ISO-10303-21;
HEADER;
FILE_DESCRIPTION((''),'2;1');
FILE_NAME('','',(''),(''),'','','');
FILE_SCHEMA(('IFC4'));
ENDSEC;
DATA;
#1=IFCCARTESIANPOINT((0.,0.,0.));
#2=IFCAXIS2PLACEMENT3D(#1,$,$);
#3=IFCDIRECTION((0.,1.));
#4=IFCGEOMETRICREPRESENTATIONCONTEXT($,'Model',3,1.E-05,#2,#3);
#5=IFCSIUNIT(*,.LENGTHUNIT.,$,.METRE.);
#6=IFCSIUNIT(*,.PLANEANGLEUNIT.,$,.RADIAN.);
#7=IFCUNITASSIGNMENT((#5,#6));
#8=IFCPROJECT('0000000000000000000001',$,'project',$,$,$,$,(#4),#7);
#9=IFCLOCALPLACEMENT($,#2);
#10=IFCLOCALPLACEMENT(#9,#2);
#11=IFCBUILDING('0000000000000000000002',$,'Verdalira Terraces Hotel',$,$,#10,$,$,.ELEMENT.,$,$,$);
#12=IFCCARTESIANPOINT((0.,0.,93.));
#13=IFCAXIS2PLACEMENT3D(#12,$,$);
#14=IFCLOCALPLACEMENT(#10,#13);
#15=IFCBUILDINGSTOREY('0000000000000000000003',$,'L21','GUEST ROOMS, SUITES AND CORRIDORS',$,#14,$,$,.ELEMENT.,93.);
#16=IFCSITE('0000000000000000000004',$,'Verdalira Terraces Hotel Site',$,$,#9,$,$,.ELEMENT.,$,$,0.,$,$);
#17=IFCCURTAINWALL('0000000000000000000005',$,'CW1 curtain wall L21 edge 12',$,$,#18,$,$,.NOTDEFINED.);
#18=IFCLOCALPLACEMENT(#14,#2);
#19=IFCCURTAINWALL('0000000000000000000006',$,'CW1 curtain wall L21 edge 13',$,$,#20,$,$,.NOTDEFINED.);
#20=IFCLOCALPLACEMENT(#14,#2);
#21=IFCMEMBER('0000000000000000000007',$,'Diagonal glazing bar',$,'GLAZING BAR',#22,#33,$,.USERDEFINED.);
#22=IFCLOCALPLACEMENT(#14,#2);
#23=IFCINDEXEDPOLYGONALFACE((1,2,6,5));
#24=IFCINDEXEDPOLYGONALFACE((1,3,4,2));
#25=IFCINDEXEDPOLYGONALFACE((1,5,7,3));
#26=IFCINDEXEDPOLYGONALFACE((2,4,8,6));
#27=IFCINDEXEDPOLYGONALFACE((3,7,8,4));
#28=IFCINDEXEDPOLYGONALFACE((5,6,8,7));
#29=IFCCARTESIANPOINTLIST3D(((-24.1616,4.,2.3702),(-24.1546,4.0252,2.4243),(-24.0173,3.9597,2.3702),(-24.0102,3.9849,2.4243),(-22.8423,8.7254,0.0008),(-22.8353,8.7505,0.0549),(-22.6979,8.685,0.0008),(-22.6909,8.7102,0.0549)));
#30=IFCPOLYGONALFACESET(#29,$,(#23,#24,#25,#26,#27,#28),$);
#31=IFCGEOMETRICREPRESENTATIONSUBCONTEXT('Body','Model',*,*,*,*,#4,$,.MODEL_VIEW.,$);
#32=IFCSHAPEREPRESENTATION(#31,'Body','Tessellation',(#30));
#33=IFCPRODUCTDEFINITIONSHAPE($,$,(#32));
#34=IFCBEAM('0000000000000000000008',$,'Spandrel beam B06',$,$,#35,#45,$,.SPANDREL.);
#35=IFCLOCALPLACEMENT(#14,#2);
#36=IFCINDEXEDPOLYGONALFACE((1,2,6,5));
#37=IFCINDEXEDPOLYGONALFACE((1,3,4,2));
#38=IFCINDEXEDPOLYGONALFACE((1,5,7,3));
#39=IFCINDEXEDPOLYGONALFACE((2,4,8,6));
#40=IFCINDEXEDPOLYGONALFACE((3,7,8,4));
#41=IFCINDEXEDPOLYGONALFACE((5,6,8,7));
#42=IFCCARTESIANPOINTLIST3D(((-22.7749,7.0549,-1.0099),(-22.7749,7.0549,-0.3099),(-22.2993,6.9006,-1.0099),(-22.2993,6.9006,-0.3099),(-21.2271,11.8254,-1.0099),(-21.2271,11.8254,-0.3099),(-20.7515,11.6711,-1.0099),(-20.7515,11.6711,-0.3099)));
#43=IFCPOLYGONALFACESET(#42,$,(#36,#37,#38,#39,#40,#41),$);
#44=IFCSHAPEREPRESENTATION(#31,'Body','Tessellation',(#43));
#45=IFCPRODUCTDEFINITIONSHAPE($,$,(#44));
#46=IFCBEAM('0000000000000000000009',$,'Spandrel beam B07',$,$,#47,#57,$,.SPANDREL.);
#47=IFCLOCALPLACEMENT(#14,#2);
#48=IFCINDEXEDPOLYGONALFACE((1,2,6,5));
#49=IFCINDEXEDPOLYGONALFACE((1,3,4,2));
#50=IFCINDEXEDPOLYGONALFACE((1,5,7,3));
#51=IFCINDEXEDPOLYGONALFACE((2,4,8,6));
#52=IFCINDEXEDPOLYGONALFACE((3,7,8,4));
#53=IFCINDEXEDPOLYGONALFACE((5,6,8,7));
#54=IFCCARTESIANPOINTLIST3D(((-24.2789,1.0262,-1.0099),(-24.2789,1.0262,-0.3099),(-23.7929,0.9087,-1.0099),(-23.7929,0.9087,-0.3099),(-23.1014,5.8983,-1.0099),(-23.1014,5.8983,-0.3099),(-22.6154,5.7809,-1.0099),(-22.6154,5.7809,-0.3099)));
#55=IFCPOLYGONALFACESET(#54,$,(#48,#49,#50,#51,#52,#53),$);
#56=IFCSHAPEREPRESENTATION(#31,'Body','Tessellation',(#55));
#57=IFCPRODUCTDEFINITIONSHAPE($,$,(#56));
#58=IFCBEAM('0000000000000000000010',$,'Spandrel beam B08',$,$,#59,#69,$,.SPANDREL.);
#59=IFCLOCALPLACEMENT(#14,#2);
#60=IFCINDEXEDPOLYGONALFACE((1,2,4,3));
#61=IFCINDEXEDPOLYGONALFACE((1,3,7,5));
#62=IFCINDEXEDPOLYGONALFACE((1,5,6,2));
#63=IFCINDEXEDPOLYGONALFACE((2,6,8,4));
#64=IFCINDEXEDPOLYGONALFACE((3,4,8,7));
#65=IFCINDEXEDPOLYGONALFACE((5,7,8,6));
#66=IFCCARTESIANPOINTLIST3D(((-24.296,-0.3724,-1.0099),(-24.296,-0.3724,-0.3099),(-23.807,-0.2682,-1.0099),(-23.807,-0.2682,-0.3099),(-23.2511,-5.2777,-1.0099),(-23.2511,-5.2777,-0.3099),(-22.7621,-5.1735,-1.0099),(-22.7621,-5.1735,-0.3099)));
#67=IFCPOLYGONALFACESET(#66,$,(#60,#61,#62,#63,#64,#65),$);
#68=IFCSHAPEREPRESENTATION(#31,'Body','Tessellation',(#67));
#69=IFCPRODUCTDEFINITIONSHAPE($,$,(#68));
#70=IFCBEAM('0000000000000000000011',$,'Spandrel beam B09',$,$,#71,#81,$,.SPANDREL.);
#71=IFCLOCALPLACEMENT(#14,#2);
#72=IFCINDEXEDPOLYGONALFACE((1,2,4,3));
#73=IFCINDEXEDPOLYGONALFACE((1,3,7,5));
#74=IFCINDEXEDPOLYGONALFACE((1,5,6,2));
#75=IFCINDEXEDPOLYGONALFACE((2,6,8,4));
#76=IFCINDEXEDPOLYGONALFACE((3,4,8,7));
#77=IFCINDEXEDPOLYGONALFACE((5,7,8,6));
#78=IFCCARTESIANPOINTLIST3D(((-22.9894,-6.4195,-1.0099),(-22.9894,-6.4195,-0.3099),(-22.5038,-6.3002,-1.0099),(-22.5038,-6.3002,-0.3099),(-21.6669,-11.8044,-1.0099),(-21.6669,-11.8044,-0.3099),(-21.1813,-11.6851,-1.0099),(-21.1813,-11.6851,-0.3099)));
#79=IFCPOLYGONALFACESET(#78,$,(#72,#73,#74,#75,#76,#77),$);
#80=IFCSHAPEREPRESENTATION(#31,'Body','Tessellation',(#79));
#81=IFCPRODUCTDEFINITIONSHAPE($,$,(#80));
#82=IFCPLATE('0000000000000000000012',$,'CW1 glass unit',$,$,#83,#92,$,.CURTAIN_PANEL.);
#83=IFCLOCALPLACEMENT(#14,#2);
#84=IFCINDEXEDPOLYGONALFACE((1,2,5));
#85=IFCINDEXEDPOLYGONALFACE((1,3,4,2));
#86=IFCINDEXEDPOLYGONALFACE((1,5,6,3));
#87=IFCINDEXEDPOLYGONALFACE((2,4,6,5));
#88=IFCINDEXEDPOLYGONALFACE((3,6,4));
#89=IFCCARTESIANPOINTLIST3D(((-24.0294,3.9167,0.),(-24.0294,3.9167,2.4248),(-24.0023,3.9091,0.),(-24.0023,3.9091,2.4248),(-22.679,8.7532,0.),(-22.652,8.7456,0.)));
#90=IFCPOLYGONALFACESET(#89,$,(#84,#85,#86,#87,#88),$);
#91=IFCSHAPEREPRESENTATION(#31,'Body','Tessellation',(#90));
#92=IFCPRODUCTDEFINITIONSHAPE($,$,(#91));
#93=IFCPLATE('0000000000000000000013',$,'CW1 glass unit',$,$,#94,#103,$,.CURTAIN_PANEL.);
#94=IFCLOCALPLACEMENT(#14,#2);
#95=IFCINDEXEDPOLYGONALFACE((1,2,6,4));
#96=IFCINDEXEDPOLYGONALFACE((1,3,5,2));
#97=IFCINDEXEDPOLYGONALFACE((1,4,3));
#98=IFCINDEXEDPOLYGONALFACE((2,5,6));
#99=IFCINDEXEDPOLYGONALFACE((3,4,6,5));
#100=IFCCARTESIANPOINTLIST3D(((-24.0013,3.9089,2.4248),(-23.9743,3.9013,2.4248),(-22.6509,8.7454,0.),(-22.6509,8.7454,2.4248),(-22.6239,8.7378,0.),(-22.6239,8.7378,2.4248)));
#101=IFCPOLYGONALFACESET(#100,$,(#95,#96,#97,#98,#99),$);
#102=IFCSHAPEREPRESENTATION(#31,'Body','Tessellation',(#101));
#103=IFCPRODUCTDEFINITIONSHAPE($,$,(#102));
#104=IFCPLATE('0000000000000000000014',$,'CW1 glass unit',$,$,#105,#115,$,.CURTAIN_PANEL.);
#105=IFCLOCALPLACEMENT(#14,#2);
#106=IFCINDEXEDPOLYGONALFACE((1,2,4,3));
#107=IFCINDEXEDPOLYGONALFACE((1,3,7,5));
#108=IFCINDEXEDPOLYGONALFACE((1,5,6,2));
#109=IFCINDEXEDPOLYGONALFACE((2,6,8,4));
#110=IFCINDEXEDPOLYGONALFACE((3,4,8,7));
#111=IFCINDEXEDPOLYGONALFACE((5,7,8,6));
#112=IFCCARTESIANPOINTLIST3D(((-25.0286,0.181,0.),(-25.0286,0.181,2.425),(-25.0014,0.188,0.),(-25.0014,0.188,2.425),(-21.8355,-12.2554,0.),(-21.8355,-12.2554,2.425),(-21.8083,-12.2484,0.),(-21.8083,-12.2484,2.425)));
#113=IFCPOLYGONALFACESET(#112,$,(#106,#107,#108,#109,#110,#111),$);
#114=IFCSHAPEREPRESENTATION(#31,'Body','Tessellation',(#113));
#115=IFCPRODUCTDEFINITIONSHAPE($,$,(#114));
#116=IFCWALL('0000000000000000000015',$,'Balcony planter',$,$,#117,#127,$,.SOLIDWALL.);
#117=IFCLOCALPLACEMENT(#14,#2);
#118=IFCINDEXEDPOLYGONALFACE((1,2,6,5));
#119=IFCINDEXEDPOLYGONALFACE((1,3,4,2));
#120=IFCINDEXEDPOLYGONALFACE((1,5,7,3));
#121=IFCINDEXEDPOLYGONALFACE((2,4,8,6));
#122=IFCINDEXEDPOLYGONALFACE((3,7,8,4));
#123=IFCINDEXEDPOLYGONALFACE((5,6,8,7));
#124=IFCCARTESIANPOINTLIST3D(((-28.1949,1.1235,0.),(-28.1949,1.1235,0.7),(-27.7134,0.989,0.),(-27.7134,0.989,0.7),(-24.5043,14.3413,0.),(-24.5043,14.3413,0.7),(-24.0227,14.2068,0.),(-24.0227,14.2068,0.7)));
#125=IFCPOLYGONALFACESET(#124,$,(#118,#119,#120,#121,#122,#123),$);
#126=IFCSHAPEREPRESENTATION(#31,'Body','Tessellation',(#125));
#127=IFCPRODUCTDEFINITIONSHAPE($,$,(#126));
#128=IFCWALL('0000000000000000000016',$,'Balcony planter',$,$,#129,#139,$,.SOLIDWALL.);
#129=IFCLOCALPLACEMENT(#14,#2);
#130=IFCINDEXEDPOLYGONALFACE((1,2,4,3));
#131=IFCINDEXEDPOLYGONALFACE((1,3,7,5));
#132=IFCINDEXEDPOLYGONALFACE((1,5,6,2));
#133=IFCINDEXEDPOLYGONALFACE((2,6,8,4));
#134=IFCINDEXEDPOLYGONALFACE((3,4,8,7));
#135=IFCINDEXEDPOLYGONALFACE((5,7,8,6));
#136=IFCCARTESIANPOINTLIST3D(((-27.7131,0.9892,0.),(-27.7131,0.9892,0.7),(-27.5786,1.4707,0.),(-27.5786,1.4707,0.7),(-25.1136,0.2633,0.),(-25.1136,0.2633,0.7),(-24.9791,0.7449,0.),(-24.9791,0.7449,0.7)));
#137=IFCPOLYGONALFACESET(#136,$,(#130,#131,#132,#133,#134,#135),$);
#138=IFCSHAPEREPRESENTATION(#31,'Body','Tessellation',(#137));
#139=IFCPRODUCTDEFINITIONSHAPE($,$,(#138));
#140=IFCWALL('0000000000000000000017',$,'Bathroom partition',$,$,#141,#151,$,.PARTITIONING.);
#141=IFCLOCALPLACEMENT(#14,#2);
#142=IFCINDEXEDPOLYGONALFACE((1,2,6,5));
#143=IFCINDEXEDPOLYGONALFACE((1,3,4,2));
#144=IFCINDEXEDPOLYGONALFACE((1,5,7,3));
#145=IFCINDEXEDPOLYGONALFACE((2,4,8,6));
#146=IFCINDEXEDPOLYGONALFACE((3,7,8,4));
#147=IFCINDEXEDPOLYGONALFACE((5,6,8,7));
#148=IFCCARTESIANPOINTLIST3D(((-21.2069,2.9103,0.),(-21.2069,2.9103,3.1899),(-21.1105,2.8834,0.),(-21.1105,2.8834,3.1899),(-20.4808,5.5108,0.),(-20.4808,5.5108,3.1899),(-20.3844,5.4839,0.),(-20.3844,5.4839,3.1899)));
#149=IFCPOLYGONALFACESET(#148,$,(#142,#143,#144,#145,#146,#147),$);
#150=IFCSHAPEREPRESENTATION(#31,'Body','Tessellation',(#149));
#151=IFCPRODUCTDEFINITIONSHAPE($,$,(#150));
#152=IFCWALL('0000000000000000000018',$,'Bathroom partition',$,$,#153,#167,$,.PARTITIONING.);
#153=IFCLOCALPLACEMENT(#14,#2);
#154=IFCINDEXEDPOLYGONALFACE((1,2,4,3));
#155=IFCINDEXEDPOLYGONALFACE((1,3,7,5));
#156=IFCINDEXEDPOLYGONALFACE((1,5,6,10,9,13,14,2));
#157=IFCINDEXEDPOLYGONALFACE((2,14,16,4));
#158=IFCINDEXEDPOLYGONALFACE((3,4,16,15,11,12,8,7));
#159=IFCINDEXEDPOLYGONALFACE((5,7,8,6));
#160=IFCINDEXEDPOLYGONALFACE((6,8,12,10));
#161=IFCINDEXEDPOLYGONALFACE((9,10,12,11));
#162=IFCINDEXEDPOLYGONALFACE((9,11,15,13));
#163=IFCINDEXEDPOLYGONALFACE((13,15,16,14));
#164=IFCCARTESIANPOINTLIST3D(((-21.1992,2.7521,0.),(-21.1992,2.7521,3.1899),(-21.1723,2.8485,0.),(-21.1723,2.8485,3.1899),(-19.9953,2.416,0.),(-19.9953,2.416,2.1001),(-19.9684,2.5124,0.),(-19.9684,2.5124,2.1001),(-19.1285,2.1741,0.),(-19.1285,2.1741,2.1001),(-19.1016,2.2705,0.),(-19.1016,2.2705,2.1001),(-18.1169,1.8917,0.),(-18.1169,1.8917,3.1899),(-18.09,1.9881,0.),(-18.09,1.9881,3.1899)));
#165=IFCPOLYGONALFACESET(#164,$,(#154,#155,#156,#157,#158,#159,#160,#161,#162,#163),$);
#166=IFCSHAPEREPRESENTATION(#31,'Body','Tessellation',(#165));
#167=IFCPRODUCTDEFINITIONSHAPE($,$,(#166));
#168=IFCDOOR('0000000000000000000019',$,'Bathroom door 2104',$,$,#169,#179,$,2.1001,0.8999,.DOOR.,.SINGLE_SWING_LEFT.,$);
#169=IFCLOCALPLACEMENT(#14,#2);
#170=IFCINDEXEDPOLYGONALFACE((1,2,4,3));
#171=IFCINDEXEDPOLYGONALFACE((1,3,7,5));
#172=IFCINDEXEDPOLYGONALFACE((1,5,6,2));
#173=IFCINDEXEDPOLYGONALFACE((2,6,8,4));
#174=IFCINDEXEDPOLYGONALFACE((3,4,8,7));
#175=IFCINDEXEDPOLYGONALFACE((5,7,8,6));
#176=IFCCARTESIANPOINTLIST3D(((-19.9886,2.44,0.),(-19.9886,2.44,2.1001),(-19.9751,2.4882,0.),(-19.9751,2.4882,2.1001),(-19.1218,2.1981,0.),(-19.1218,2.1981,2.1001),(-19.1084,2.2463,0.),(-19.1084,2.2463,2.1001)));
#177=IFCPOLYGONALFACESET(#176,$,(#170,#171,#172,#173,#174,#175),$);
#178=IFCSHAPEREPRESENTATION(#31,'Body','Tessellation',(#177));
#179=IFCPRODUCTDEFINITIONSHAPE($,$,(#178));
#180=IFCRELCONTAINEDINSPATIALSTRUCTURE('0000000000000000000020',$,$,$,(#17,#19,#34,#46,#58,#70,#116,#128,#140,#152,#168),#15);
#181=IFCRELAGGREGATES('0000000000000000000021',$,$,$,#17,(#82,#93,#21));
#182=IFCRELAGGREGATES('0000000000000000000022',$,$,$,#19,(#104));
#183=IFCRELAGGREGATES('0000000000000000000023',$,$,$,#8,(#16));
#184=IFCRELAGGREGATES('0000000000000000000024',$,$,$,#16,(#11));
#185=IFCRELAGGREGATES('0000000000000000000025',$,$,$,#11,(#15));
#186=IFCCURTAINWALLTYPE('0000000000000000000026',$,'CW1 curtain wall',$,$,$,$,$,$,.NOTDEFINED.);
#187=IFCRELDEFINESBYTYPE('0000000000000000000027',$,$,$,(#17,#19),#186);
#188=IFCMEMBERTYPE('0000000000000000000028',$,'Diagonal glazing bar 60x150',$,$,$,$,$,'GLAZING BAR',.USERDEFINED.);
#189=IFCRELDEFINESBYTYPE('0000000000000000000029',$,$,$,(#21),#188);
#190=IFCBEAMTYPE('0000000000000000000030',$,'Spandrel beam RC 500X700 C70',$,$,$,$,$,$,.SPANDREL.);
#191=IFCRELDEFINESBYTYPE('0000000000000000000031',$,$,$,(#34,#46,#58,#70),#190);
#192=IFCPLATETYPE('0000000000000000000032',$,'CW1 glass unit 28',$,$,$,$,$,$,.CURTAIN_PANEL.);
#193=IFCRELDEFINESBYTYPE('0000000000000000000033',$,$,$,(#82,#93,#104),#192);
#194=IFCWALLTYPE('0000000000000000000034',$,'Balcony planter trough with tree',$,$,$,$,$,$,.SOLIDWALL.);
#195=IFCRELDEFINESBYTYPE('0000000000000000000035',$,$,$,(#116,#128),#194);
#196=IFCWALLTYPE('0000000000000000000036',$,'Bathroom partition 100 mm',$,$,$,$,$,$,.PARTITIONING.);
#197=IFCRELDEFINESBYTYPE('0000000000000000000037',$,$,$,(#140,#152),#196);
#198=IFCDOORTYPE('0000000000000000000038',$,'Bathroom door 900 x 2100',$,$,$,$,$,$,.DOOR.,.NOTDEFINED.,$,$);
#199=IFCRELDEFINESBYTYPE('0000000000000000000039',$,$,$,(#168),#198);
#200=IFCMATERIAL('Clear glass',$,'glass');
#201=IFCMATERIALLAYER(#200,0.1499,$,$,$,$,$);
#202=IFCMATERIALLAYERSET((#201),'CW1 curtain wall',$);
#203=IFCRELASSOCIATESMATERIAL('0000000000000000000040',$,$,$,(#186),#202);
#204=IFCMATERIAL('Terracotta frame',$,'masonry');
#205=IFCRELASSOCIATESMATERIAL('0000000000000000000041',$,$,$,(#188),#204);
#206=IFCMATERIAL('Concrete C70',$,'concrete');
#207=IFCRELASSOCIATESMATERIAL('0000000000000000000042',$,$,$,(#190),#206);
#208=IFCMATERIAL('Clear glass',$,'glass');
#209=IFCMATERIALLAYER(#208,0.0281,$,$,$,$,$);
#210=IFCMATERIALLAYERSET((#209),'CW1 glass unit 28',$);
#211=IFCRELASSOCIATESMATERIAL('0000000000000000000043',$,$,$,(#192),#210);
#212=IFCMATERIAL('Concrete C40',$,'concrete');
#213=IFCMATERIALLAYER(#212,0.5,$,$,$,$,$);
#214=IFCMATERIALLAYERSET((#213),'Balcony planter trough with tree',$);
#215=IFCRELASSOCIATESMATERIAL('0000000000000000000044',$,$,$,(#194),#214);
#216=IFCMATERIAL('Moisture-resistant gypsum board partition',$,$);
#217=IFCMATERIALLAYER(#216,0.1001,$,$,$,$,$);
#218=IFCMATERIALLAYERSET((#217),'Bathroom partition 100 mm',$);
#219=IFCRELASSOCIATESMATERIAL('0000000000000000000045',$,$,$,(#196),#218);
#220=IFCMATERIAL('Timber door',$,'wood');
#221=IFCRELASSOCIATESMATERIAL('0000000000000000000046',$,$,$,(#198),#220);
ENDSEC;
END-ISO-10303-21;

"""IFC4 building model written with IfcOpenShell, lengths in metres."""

from ifc_helpers import new_model, si_unit, direction, frame, frame_2d, origin, origin_2d, place, context, subcontext, project, spatial, polyline, rectangle, outline, extrude, material, layer, layer_set, material_profile, profile_set, type_object, element, fill, aggregate, save


model = new_model("IFC4")

# Units and contexts
model_context = context("Model", 3, precision=1e-05, world=origin(), true_north=direction((0.0, 1.0)))
body_context = subcontext(model_context, "Body", "Model", "MODEL_VIEW")
ifc_project = project(units=[si_unit("LENGTHUNIT", "METRE"), si_unit("PLANEANGLEUNIT", "RADIAN")], contexts=[model_context])

# Site, building, storey
site_placement = place(None, origin())
site = spatial("IfcSite", under=ifc_project, at=site_placement, Name="Verdalira Terraces Hotel Site", CompositionType="ELEMENT", RefElevation=0.0)
building_placement = place(site_placement, origin())
building = spatial("IfcBuilding", under=site, at=building_placement, Name="Verdalira Terraces Hotel", CompositionType="ELEMENT")
storey_placement = place(building_placement, frame((0.0, 0.0, 93.0)))
storey = spatial("IfcBuildingStorey", under=building, at=storey_placement, Name="L21", Description="GUEST ROOMS, SUITES AND CORRIDORS", CompositionType="ELEMENT", Elevation=93.0)

# Shared definitions
ifc_material_1 = material(Name="Clear glass", Category="glass")
ifc_layer_1 = layer(ifc_material_1, 0.1499)
ifc_layer_set_1 = layer_set([ifc_layer_1], Name="CW1 curtain wall")
curtain_wall_type = type_object("IfcCurtainWallType", Name="CW1 curtain wall", PredefinedType="NOTDEFINED", material=ifc_layer_set_1)

# Curtain wall
curtain_wall_1_placement = place(storey_placement, origin())
curtain_wall_1 = element("IfcCurtainWall", 1, at=curtain_wall_1_placement, inside=storey, type_object=curtain_wall_type, Name="CW1 curtain wall L21 edge 12", PredefinedType="NOTDEFINED")

# Curtain wall
curtain_wall_2_placement = place(storey_placement, origin())
curtain_wall_2 = element("IfcCurtainWall", 2, at=curtain_wall_2_placement, inside=storey, type_object=curtain_wall_type, Name="CW1 curtain wall L21 edge 13", PredefinedType="NOTDEFINED")

# Member
ifc_material_2 = material(Name="Terracotta frame", Category="masonry")
ifc_material_profile_1 = material_profile(ifc_material_2, rectangle(XDim=0.1499, YDim=0.0601, at=origin_2d()), Name="GB 60x150")
ifc_profile_set_1 = profile_set([ifc_material_profile_1], Name="Terracotta frame")
member_type_1 = type_object("IfcMemberType", Name="Diagonal glazing bar 60x150", ElementType="GLAZING BAR", PredefinedType="USERDEFINED", material=ifc_profile_set_1)
member_1_placement = place(storey_placement, frame((-22.7666, 8.7178, 0.0278), z_axis=(-0.242158, -0.867313, 0.434889), x_axis=(0.963163, -0.268919, 0.0)))
member_1 = element("IfcMember", 3, at=member_1_placement, type_object=member_type_1, Name="Diagonal glazing bar", ObjectType="GLAZING BAR", PredefinedType="USERDEFINED", context=body_context, shape_type="SweptSolid", body=[
    extrude(rectangle(XDim=0.1499, YDim=0.0601, at=origin_2d()), origin(), (0.0, 0.0, 1.0), 5.4482),
])

# Beams
ifc_material_3 = material(Name="Concrete C70", Category="concrete")
ifc_material_profile_2 = material_profile(ifc_material_3, rectangle(XDim=0.5, YDim=0.7, at=origin_2d()), Name="RC 500X700")
ifc_profile_set_2 = profile_set([ifc_material_profile_2], Name="Concrete C70")
beam_type_1 = type_object("IfcBeamType", Name="Spandrel beam RC 500X700 C70", PredefinedType="SPANDREL", material=ifc_profile_set_2)
beam_1_placement = place(storey_placement, frame((-20.9893, 11.7483, -0.6599), z_axis=(-0.308624, -0.951184, 0.0), x_axis=(0.951184, -0.308624, 0.0)))
element("IfcBeam", 4, at=beam_1_placement, inside=storey, type_object=beam_type_1, Name="Spandrel beam B06", PredefinedType="SPANDREL", context=body_context, shape_type="SweptSolid", body=[
    extrude(rectangle(XDim=0.5, YDim=0.7, at=origin_2d()), origin(), (0.0, 0.0, 1.0), 5.0154),
])
beam_2_placement = place(storey_placement, frame((-22.8584, 5.8396, -0.6599), z_axis=(-0.234918, -0.972015, 0.0), x_axis=(0.972015, -0.234918, 0.0)))
element("IfcBeam", 5, at=beam_2_placement, inside=storey, type_object=beam_type_1, Name="Spandrel beam B07", PredefinedType="SPANDREL", context=body_context, shape_type="SweptSolid", body=[
    extrude(rectangle(XDim=0.5, YDim=0.7, at=origin_2d()), origin(), (0.0, 0.0, 1.0), 5.0125),
])
beam_3_placement = place(storey_placement, frame((-24.0515, -0.3203, -0.6599), z_axis=(0.208345, -0.978055, 0.0), x_axis=(0.978055, 0.208345, 0.0)))
element("IfcBeam", 6, at=beam_3_placement, inside=storey, type_object=beam_type_1, Name="Spandrel beam B08", PredefinedType="SPANDREL", context=body_context, shape_type="SweptSolid", body=[
    extrude(rectangle(XDim=0.5, YDim=0.7, at=origin_2d()), origin(), (0.0, 0.0, 1.0), 5.0154),
])
beam_4_placement = place(storey_placement, frame((-22.7466, -6.3599, -0.6599), z_axis=(0.238504, -0.971142, 0.0), x_axis=(0.971142, 0.238504, 0.0)))
element("IfcBeam", 7, at=beam_4_placement, inside=storey, type_object=beam_type_1, Name="Spandrel beam B09", PredefinedType="SPANDREL", context=body_context, shape_type="SweptSolid", body=[
    extrude(rectangle(XDim=0.5, YDim=0.7, at=origin_2d()), origin(), (0.0, 0.0, 1.0), 5.5449),
])

# Plates
ifc_material_4 = material(Name="Clear glass", Category="glass")
ifc_layer_2 = layer(ifc_material_4, 0.0281)
ifc_layer_set_2 = layer_set([ifc_layer_2], Name="CW1 glass unit 28")
plate_type = type_object("IfcPlateType", Name="CW1 glass unit 28", PredefinedType="CURTAIN_PANEL", material=ifc_layer_set_2)
plate_1_placement = place(storey_placement, frame((-23.3271, 6.3274, 1.2124), z_axis=(-0.963163, 0.26892, 0.0), x_axis=(-0.26892, -0.963163, 0.0)))
plate_1 = element("IfcPlate", 8, at=plate_1_placement, type_object=plate_type, Name="CW1 glass unit", PredefinedType="CURTAIN_PANEL", context=body_context, shape_type="SweptSolid", body=[
    extrude(outline(polyline([(-2.5107, -1.2124), (2.5107, -1.2124), (2.5107, 1.2124), (-2.5107, -1.2124)])), origin(), (0.0, 0.0, 1.0), 0.0281),
])
plate_2_placement = place(storey_placement, frame((-23.2991, 6.3196, 1.2124), z_axis=(-0.963163, 0.26892, 0.0), x_axis=(-0.26892, -0.963163, 0.0)))
plate_2 = element("IfcPlate", 9, at=plate_2_placement, type_object=plate_type, Name="CW1 glass unit", PredefinedType="CURTAIN_PANEL", context=body_context, shape_type="SweptSolid", body=[
    extrude(outline(polyline([(-2.5107, -1.2124), (2.5107, 1.2124), (-2.5107, 1.2124), (-2.5107, -1.2124)])), origin(), (0.0, 0.0, 1.0), 0.0281),
])
aggregate(curtain_wall_1, [plate_1, plate_2, member_1])
plate_3_placement = place(storey_placement, frame((-23.4185, -6.0337, 0.0), z_axis=(0.0, 0.0, 1.0), x_axis=(0.24869, -0.968583, 0.0)))
plate_3 = element("IfcPlate", 10, at=plate_3_placement, type_object=plate_type, Name="CW1 glass unit", PredefinedType="CURTAIN_PANEL", context=body_context, shape_type="SweptSolid", body=[
    extrude(rectangle(XDim=12.8398, YDim=0.0281, at=origin_2d()), origin(), (0.0, 0.0, 1.0), 2.425),
])
aggregate(curtain_wall_2, [plate_3])

# Walls
ifc_material_5 = material(Name="Concrete C40", Category="concrete")
ifc_layer_3 = layer(ifc_material_5, 0.5)
ifc_layer_set_3 = layer_set([ifc_layer_3], Name="Balcony planter trough with tree")
wall_type_1 = type_object("IfcWallType", Name="Balcony planter trough with tree", PredefinedType="SOLIDWALL", material=ifc_layer_set_3)
wall_1_placement = place(storey_placement, frame((-24.2634, 14.2742, 0.0), z_axis=(0.0, 0.0, 1.0), x_axis=(-0.268934, -0.963159, 0.0)))
element("IfcWall", 11, at=wall_1_placement, inside=storey, type_object=wall_type_1, Name="Balcony planter", PredefinedType="SOLIDWALL", context=body_context, shape_type="SweptSolid", body=[
    extrude(rectangle(XDim=13.7234, YDim=0.5, at=frame_2d((6.8618, 0.0))), origin(), (0.0, 0.0, 1.0), 0.7),
])
wall_2_placement = place(storey_placement, frame((-27.646, 1.23, 0.0), z_axis=(0.0, 0.0, 1.0), x_axis=(0.963162, -0.268922, 0.0)))
element("IfcWall", 12, at=wall_2_placement, inside=storey, type_object=wall_type_1, Name="Balcony planter", PredefinedType="SOLIDWALL", context=body_context, shape_type="SweptSolid", body=[
    extrude(rectangle(XDim=2.699, YDim=0.5, at=frame_2d((1.3496, 0.0))), origin(), (0.0, 0.0, 1.0), 0.7),
])
ifc_material_6 = material(Name="Moisture-resistant gypsum board partition")
ifc_layer_4 = layer(ifc_material_6, 0.1001)
ifc_layer_set_4 = layer_set([ifc_layer_4], Name="Bathroom partition 100 mm")
wall_type_2 = type_object("IfcWallType", Name="Bathroom partition 100 mm", PredefinedType="PARTITIONING", material=ifc_layer_set_4)
wall_3_placement = place(storey_placement, frame((-21.1587, 2.8967, 0.0), z_axis=(0.0, 0.0, 1.0), x_axis=(0.268912, 0.963165, 0.0)))
element("IfcWall", 13, at=wall_3_placement, inside=storey, type_object=wall_type_2, Name="Bathroom partition", PredefinedType="PARTITIONING", context=body_context, shape_type="SweptSolid", body=[
    extrude(rectangle(XDim=2.7, YDim=0.1001, at=frame_2d((1.3501, 0.0))), origin(), (0.0, 0.0, 1.0), 3.1899),
])

# Wall, opening, door
wall_4_placement = place(storey_placement, frame((-21.1858, 2.8003, 0.0), z_axis=(0.0, 0.0, 1.0), x_axis=(0.963182, -0.268852, 0.0)))
wall_4 = element("IfcWall", 14, at=wall_4_placement, inside=storey, type_object=wall_type_2, Name="Bathroom partition", PredefinedType="PARTITIONING", context=body_context, shape_type="SweptSolid", body=[
    extrude(rectangle(XDim=3.2002, YDim=0.1001, at=frame_2d((1.6001, 0.0))), origin(), (0.0, 0.0, 1.0), 3.1899),
])
opening_1_placement = place(wall_4_placement, frame((1.25, 0.0, 0.0)))
opening_1 = element("IfcOpeningElement", 15, at=opening_1_placement, cuts=wall_4, PredefinedType="OPENING", context=body_context, shape_type="SweptSolid", body=[
    extrude(rectangle(XDim=0.8999, YDim=2.1001, at=frame_2d((0.45, 1.05))), frame((0.0, 0.0601, 0.0), z_axis=(0.0, -1.0, 0.0), x_axis=(1.0, 0.0, 0.0)), (0.0, 0.0, 1.0), 0.1201),
])
ifc_material_7 = material(Name="Timber door", Category="wood")
door_type_1 = type_object("IfcDoorType", Name="Bathroom door 900 x 2100", OperationType="NOTDEFINED", PredefinedType="DOOR", material=ifc_material_7)
door_1_placement = place(opening_1_placement, origin())
door_1 = element("IfcDoor", 16, at=door_1_placement, inside=storey, type_object=door_type_1, Name="Bathroom door 2104", OperationType="SINGLE_SWING_LEFT", OverallHeight=2.1001, OverallWidth=0.8999, PredefinedType="DOOR", context=body_context, shape_type="SweptSolid", body=[
    extrude(rectangle(XDim=0.8999, YDim=2.1001, at=frame_2d((0.45, 1.05))), frame((0.0, 0.0249, 0.0), z_axis=(0.0, -1.0, 0.0), x_axis=(1.0, 0.0, 0.0)), (0.0, 0.0, 1.0), 0.05),
])
fill(opening_1, door_1)

save(model, "model.ifc")
